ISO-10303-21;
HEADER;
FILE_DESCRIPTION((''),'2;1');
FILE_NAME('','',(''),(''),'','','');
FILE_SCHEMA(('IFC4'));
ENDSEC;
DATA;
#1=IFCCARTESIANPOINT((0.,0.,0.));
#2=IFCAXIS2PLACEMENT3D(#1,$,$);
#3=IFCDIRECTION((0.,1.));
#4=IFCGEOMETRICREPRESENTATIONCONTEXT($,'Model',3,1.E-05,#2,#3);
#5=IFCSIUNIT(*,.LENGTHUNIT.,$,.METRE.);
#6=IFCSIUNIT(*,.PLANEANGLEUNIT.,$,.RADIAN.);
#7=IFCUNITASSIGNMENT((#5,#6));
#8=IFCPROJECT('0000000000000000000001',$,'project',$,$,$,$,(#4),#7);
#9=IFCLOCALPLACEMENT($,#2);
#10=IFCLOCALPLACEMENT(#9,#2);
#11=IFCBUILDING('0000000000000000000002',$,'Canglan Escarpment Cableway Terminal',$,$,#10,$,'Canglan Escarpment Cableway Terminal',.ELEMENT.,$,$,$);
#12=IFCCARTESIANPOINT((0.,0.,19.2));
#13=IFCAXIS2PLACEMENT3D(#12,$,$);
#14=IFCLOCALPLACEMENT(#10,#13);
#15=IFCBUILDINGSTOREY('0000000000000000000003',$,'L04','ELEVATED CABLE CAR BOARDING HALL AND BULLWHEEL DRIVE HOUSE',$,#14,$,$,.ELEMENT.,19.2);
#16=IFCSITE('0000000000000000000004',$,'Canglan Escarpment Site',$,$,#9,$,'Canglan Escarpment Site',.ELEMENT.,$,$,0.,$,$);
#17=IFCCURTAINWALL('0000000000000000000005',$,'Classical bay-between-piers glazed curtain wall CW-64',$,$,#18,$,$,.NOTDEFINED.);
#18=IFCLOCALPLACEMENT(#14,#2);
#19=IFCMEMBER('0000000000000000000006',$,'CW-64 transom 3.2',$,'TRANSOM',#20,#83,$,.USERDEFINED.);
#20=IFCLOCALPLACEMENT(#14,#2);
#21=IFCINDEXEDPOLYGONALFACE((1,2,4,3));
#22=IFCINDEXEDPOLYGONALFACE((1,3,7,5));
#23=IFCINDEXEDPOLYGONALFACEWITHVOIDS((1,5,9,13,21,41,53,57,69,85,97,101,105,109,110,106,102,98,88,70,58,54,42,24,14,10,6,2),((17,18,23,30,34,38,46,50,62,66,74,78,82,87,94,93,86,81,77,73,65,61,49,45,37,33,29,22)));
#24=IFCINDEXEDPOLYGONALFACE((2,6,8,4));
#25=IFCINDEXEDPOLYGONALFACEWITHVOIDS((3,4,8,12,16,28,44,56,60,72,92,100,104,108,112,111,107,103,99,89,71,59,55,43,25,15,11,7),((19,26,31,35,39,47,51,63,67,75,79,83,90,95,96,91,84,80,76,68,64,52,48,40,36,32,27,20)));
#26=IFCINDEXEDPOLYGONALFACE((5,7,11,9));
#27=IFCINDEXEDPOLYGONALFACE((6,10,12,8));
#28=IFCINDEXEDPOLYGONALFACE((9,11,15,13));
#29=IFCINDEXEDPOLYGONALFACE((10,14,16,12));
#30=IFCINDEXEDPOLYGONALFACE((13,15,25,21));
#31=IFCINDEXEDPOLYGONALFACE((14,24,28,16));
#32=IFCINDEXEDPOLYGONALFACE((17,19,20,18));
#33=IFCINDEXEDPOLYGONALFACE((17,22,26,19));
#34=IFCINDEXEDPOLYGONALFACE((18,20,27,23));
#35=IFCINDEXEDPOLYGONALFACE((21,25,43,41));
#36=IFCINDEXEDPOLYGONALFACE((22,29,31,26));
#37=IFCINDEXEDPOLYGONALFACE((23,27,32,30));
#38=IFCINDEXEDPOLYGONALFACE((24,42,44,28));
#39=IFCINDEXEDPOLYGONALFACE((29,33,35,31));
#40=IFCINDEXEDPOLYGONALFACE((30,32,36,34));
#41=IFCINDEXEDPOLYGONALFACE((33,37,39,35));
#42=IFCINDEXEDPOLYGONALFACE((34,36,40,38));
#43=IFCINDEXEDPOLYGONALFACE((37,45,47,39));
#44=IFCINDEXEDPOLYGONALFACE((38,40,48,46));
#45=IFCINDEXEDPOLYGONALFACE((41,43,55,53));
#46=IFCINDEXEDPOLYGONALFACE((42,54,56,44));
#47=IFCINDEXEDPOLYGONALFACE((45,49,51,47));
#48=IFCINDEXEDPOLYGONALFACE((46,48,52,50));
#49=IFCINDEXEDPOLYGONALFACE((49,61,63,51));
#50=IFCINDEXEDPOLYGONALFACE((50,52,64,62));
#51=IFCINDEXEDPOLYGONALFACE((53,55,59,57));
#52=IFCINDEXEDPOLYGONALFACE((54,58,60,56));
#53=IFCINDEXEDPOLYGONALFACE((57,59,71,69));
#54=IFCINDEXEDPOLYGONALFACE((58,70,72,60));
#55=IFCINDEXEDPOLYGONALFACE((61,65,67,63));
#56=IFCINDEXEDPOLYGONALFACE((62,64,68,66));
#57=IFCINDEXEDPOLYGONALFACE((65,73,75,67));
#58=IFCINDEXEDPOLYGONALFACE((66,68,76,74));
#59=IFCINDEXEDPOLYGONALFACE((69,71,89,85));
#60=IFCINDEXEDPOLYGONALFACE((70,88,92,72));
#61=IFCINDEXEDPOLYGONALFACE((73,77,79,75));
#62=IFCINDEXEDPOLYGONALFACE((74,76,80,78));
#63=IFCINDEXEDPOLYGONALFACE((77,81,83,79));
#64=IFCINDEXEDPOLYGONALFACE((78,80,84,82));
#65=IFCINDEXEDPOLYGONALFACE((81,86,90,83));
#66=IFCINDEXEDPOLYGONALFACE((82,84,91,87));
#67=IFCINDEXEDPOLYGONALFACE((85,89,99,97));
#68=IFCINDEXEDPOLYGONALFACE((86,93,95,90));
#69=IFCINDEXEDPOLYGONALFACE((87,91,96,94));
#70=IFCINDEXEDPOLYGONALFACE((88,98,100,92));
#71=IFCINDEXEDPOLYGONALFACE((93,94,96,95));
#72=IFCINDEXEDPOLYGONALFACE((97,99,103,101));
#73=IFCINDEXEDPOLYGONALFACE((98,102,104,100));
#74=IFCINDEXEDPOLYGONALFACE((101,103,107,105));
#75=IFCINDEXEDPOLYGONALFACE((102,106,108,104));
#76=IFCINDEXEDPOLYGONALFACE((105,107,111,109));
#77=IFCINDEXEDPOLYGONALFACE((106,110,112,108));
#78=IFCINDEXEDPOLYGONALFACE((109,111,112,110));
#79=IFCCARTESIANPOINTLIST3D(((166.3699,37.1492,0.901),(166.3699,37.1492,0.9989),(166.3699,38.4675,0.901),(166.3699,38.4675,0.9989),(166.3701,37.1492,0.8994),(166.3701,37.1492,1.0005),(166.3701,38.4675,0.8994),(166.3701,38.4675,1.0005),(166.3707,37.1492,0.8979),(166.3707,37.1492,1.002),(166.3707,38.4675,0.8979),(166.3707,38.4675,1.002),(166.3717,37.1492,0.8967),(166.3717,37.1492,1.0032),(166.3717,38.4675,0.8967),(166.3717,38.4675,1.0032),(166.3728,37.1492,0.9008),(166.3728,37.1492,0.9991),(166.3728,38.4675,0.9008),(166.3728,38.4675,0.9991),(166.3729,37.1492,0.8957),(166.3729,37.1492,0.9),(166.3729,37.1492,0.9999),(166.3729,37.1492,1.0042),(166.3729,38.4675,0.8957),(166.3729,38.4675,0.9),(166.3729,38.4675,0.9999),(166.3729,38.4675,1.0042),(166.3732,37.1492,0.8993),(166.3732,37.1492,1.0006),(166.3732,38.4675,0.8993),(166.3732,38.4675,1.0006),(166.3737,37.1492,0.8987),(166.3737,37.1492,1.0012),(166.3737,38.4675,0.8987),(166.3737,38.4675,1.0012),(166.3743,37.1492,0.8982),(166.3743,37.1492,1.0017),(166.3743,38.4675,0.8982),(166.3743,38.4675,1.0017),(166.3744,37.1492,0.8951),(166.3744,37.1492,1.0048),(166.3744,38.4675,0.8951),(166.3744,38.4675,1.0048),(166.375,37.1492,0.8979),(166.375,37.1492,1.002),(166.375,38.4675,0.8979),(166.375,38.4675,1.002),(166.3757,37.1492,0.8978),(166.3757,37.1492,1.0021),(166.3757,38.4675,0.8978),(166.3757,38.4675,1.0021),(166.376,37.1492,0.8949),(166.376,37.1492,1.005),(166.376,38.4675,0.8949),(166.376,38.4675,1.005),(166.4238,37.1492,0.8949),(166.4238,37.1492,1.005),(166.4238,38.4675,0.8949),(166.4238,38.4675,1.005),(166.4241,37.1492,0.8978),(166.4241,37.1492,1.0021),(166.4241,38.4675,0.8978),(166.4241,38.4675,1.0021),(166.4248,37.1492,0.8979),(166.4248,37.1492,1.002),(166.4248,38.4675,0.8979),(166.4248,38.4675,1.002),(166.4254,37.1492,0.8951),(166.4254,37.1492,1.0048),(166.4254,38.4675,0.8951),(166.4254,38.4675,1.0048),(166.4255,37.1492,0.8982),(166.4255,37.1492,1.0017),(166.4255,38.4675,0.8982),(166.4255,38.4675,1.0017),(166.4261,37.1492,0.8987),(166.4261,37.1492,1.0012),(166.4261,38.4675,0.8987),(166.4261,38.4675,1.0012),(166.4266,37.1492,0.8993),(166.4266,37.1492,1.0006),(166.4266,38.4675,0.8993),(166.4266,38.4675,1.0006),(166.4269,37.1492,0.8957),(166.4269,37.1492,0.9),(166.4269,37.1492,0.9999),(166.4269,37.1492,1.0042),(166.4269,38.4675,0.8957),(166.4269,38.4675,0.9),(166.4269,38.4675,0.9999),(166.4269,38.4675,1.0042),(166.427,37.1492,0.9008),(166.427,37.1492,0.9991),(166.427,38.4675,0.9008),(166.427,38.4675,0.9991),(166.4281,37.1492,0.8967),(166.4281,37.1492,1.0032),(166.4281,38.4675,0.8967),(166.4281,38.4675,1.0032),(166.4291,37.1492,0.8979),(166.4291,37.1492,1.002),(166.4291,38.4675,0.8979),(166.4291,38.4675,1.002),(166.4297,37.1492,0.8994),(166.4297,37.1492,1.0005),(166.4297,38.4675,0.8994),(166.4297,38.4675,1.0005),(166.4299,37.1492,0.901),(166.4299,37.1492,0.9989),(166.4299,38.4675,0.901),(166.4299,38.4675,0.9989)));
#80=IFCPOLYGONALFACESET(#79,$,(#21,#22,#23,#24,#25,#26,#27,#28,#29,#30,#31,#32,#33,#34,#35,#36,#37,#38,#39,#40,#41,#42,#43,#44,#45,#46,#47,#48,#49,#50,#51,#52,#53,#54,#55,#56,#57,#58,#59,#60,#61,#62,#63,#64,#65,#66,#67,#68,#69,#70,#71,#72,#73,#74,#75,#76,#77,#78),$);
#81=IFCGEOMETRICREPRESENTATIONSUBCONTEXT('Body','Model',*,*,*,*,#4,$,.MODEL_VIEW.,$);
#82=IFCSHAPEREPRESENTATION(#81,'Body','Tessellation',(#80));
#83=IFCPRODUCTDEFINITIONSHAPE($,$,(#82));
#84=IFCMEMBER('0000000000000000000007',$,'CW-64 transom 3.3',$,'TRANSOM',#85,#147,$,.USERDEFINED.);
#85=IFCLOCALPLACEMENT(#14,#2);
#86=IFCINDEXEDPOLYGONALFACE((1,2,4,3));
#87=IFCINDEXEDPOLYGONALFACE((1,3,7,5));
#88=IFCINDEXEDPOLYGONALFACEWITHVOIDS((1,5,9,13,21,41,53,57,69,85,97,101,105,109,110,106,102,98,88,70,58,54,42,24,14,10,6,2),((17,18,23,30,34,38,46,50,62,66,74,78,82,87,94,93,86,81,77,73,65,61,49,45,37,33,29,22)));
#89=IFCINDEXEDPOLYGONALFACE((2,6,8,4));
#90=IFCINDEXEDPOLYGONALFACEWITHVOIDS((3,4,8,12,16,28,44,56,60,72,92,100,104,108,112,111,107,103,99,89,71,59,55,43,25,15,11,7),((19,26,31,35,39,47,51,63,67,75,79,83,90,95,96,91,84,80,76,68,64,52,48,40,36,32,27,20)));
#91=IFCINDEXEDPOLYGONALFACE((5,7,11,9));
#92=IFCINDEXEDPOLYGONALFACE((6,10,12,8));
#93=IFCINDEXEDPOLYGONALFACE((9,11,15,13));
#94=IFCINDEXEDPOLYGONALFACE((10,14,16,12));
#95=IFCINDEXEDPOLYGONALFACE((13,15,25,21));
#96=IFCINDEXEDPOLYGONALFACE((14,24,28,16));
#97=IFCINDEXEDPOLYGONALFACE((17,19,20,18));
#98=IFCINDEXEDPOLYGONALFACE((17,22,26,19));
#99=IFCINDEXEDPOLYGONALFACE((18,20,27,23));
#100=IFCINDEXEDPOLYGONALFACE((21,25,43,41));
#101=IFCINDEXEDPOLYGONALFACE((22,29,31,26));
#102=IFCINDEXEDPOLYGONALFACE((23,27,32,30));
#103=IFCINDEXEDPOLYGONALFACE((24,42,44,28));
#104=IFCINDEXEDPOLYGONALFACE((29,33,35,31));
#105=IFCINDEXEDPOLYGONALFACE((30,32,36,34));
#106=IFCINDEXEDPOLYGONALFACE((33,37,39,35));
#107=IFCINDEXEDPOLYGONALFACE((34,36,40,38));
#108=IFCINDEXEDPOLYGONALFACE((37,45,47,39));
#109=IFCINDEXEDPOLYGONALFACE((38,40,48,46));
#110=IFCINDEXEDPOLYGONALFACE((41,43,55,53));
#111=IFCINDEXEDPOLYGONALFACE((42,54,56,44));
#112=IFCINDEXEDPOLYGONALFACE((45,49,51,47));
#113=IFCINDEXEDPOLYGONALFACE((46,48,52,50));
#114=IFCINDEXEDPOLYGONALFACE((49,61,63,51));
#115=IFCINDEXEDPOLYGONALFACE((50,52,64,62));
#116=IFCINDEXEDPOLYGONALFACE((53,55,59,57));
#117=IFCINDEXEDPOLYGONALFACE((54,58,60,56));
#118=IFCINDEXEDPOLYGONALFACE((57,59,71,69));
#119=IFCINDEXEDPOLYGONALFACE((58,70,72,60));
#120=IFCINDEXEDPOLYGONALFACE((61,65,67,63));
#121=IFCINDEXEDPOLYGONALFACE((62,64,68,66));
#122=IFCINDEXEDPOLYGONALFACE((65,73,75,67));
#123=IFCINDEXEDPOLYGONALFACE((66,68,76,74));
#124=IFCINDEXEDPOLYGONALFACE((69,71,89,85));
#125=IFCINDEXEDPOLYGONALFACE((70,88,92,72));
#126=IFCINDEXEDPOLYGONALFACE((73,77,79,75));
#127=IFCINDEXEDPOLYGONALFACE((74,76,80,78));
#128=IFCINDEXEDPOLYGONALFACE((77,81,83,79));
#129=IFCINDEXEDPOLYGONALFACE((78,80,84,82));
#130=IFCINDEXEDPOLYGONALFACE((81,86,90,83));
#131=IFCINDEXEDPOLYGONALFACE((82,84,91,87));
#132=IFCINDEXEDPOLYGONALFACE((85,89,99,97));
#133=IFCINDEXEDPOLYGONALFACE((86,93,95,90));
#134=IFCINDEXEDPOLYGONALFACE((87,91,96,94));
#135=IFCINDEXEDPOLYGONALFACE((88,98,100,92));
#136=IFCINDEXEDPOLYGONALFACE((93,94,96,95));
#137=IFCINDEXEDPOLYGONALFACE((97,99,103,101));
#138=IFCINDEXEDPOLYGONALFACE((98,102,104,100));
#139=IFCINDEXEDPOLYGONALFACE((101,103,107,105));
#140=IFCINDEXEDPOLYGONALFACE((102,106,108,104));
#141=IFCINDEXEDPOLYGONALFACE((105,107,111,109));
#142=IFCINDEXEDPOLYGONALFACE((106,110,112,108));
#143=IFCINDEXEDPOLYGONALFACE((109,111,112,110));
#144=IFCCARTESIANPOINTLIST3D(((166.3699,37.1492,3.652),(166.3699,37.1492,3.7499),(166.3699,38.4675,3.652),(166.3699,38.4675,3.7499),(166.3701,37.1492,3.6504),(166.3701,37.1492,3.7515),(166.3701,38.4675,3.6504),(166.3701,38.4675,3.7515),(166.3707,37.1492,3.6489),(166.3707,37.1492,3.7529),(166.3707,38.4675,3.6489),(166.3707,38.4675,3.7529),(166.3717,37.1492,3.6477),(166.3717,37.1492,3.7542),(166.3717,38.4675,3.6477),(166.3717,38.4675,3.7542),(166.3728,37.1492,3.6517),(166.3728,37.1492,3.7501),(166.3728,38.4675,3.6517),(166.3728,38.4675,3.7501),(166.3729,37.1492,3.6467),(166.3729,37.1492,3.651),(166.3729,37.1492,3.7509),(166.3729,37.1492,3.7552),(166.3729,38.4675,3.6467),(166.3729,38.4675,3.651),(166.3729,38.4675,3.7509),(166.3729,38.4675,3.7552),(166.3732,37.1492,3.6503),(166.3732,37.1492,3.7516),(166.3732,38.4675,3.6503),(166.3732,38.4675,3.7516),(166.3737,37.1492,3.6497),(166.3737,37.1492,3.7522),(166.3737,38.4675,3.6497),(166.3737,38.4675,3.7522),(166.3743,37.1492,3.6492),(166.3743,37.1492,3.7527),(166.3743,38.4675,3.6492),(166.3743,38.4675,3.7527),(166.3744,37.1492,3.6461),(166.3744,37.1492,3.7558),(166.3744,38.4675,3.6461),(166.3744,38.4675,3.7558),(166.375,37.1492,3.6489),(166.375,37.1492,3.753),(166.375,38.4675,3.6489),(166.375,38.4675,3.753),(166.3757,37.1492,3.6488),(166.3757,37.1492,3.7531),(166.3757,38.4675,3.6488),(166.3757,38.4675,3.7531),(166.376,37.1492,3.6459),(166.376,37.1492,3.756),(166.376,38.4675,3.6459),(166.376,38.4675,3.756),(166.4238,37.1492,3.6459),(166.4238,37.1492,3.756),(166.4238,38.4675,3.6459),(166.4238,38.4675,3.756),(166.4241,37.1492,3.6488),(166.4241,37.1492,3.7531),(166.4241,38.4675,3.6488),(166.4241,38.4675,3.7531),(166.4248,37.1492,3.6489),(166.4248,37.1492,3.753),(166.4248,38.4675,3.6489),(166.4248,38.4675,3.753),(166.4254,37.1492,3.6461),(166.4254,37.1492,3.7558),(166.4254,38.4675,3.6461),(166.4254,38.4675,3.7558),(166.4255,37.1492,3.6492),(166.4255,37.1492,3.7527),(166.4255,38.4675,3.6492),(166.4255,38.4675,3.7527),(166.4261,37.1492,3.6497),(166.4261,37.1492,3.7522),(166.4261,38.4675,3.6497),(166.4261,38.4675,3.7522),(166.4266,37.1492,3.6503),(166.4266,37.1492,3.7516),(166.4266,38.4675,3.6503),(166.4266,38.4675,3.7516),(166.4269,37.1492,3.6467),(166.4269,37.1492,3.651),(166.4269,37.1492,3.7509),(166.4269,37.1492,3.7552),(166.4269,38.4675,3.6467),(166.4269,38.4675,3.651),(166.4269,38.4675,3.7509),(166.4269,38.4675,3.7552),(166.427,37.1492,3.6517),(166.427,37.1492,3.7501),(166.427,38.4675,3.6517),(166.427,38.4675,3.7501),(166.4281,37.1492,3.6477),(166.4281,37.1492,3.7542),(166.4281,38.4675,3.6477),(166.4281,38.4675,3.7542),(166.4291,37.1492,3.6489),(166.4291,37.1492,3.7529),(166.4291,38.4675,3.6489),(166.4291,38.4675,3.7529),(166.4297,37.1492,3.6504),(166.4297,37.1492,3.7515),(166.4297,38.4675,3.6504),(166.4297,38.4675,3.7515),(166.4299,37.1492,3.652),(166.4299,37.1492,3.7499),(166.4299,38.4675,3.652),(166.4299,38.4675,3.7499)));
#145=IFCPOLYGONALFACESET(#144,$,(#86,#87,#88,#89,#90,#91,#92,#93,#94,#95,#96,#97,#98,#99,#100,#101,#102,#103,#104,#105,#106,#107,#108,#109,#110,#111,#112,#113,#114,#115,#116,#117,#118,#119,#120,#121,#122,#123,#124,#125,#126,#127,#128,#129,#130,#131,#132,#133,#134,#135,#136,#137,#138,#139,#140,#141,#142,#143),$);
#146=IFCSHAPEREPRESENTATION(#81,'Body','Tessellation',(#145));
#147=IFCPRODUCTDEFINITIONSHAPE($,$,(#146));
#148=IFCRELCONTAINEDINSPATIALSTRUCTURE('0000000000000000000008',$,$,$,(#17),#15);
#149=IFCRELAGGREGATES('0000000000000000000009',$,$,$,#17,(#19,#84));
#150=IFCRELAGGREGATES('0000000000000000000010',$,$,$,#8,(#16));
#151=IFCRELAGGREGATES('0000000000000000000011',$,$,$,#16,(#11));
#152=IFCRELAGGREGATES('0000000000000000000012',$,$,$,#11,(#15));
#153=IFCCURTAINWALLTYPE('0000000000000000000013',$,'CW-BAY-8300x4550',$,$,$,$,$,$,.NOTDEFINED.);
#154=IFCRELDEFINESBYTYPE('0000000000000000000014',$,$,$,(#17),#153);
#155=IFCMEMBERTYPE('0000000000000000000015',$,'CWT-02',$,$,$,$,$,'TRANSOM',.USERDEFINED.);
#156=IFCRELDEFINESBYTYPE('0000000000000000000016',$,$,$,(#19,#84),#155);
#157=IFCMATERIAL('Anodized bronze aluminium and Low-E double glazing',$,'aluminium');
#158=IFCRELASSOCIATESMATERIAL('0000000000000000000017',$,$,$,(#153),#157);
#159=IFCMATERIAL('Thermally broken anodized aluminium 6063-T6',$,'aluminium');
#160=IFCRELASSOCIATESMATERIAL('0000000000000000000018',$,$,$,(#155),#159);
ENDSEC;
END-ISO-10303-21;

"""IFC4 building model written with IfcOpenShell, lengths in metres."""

from ifc_helpers import new_model, si_unit, direction, frame, origin, origin_2d, place, context, subcontext, project, spatial, hollow_rectangle, extrude, material, material_profile, profile_set, type_object, element, aggregate, save


model = new_model("IFC4")

# Units and contexts
model_context = context("Model", 3, precision=1e-05, world=origin(), true_north=direction((0.0, 1.0)))
body_context = subcontext(model_context, "Body", "Model", "MODEL_VIEW")
ifc_project = project(units=[si_unit("LENGTHUNIT", "METRE"), si_unit("PLANEANGLEUNIT", "RADIAN")], contexts=[model_context])

# Site, building, storey
site_placement = place(None, origin())
site = spatial("IfcSite", under=ifc_project, at=site_placement, Name="Canglan Escarpment Site", LongName="Canglan Escarpment Site", CompositionType="ELEMENT", RefElevation=0.0)
building_placement = place(site_placement, origin())
building = spatial("IfcBuilding", under=site, at=building_placement, Name="Canglan Escarpment Cableway Terminal", LongName="Canglan Escarpment Cableway Terminal", CompositionType="ELEMENT")
storey_placement = place(building_placement, frame((0.0, 0.0, 19.2)))
storey = spatial("IfcBuildingStorey", under=building, at=storey_placement, Name="L04", Description="ELEVATED CABLE CAR BOARDING HALL AND BULLWHEEL DRIVE HOUSE", CompositionType="ELEMENT", Elevation=19.2)

# Curtain wall
ifc_material_1 = material(Name="Anodized bronze aluminium and Low-E double glazing", Category="aluminium")
curtain_wall_type_1 = type_object("IfcCurtainWallType", Name="CW-BAY-8300x4550", PredefinedType="NOTDEFINED", material=ifc_material_1)
curtain_wall_1_placement = place(storey_placement, origin())
curtain_wall_1 = element("IfcCurtainWall", 1, at=curtain_wall_1_placement, inside=storey, type_object=curtain_wall_type_1, Name="Classical bay-between-piers glazed curtain wall CW-64", PredefinedType="NOTDEFINED")
ifc_material_2 = material(Name="Thermally broken anodized aluminium 6063-T6", Category="aluminium")

# Members
ifc_material_profile_1 = material_profile(ifc_material_2, hollow_rectangle(XDim=0.0601, YDim=0.1101, WallThickness=0.0029, InnerFilletRadius=0.0029, OuterFilletRadius=0.0061, at=origin_2d()), Name="ALU-TRAN 60x110x3")
ifc_profile_set_1 = profile_set([ifc_material_profile_1], Name="Thermally broken anodized aluminium 6063-T6")
member_type_1 = type_object("IfcMemberType", Name="CWT-02", ElementType="TRANSOM", PredefinedType="USERDEFINED", material=ifc_profile_set_1)
member_1_placement = place(storey_placement, frame((166.3999, 37.1492, 0.95), z_axis=(0.0, 1.0, 0.0), x_axis=(-1.0, 0.0, 0.0)))
member_1 = element("IfcMember", 2, at=member_1_placement, type_object=member_type_1, Name="CW-64 transom 3.2", ObjectType="TRANSOM", PredefinedType="USERDEFINED", context=body_context, shape_type="SweptSolid", body=[
    extrude(hollow_rectangle(XDim=0.0601, YDim=0.1101, WallThickness=0.0029, InnerFilletRadius=0.0029, OuterFilletRadius=0.0061, at=origin_2d()), origin(), (0.0, 0.0, 1.0), 1.3184),
])
member_2_placement = place(storey_placement, frame((166.3999, 37.1492, 3.7009), z_axis=(0.0, 1.0, 0.0), x_axis=(-1.0, 0.0, 0.0)))
member_2 = element("IfcMember", 3, at=member_2_placement, type_object=member_type_1, Name="CW-64 transom 3.3", ObjectType="TRANSOM", PredefinedType="USERDEFINED", context=body_context, shape_type="SweptSolid", body=[
    extrude(hollow_rectangle(XDim=0.0601, YDim=0.1101, WallThickness=0.0029, InnerFilletRadius=0.0029, OuterFilletRadius=0.0061, at=origin_2d()), origin(), (0.0, 0.0, 1.0), 1.3184),
])

aggregate(curtain_wall_1, [member_1, member_2])

save(model, "model.ifc")
